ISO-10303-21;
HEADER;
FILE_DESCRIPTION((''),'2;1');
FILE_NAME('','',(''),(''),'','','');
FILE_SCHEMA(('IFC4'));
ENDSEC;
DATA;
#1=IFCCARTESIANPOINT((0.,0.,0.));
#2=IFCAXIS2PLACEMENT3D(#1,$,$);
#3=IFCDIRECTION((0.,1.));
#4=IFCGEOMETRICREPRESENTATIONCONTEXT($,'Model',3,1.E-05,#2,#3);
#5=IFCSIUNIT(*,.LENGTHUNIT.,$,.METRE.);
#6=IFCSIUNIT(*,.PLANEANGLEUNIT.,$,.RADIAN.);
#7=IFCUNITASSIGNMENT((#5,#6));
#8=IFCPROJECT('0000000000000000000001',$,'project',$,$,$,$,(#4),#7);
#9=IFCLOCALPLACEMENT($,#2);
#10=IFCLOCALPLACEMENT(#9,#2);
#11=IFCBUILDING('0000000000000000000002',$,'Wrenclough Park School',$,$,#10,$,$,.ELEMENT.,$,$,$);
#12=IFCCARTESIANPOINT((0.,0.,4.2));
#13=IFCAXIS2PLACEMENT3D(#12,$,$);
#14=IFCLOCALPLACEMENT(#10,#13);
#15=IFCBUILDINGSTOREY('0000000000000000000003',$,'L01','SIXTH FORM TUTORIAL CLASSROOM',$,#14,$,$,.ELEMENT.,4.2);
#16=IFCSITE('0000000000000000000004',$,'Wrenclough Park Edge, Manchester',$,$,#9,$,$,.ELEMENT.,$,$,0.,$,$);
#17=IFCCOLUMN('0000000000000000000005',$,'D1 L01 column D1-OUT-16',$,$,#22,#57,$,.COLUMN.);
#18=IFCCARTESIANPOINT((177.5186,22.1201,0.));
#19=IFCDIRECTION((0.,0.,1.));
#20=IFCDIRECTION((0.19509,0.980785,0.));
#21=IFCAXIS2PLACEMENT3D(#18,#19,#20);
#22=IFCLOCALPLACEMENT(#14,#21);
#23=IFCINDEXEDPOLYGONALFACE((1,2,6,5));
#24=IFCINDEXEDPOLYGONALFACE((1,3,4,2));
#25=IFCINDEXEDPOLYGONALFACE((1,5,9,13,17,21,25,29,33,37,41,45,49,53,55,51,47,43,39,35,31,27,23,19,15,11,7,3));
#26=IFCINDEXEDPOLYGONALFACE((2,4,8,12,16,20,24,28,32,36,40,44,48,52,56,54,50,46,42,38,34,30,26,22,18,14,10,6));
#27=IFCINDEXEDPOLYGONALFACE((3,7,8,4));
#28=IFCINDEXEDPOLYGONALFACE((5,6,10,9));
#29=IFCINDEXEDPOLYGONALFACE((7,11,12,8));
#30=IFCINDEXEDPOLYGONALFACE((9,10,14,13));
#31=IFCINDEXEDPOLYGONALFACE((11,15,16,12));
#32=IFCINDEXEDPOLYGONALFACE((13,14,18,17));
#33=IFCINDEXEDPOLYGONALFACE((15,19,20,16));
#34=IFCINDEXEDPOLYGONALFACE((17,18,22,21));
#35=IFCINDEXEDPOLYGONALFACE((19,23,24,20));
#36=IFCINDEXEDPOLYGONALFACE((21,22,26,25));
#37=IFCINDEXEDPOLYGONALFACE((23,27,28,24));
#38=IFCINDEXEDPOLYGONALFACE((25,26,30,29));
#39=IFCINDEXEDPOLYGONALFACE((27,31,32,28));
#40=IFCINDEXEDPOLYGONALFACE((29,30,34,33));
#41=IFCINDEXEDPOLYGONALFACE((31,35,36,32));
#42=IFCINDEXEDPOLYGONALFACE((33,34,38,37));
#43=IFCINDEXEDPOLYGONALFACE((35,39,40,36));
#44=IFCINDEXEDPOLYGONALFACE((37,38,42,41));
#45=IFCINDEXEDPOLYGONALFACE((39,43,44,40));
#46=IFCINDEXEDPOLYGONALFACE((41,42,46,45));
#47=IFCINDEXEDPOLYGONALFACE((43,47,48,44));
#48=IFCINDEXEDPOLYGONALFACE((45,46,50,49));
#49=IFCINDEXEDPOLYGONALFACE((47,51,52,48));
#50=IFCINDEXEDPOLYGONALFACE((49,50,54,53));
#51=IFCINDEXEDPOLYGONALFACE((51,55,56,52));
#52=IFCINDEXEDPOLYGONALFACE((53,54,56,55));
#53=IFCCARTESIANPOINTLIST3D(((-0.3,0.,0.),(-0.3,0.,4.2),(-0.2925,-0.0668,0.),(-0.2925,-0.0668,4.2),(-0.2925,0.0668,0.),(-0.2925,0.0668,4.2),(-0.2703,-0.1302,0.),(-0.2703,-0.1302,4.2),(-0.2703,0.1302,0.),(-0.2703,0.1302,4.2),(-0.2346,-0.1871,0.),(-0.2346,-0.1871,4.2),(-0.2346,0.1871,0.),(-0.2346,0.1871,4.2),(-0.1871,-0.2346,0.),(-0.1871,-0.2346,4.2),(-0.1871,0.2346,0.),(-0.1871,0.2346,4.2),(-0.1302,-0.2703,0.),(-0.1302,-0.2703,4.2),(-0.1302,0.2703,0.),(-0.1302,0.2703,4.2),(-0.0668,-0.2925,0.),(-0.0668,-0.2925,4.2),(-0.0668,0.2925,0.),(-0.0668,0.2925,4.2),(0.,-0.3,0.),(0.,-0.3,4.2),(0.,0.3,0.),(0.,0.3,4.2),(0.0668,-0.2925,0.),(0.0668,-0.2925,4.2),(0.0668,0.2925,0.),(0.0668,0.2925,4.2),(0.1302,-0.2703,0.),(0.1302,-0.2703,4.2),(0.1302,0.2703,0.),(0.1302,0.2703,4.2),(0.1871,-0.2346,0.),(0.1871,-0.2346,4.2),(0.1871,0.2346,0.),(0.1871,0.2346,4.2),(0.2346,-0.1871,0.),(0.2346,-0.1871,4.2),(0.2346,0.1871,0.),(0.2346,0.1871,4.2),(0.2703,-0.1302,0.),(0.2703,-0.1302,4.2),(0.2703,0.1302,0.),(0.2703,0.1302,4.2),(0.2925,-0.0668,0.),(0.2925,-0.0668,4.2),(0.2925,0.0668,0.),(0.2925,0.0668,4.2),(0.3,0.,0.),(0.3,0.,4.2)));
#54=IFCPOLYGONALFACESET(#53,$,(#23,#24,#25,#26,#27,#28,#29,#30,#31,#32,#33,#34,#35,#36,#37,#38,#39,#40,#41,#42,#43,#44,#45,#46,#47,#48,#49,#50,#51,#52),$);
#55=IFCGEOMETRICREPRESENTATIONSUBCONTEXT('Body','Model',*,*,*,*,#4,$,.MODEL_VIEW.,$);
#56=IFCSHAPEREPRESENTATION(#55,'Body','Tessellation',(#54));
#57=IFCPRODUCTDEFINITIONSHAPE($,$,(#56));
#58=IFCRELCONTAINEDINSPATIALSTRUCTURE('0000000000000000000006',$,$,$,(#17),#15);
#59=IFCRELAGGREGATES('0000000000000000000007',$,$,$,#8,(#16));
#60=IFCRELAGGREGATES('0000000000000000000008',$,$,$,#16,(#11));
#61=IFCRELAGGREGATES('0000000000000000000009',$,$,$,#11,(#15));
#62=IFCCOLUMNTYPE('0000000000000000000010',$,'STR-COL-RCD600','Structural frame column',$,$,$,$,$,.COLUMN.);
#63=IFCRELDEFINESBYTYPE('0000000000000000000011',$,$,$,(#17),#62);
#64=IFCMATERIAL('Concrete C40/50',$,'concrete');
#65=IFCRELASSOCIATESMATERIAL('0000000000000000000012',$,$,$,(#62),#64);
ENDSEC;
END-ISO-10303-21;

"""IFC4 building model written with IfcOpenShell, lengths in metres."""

from ifc_helpers import new_model, si_unit, direction, frame, origin, origin_2d, place, context, subcontext, project, spatial, circle, extrude, material, material_profile, profile_set, type_object, element, save


model = new_model("IFC4")

# Units and contexts
model_context = context("Model", 3, precision=1e-05, world=origin(), true_north=direction((0.0, 1.0)))
body_context = subcontext(model_context, "Body", "Model", "MODEL_VIEW")
ifc_project = project(units=[si_unit("LENGTHUNIT", "METRE"), si_unit("PLANEANGLEUNIT", "RADIAN")], contexts=[model_context])

# Site, building, storey
site_placement = place(None, origin())
site = spatial("IfcSite", under=ifc_project, at=site_placement, Name="Wrenclough Park Edge, Manchester", CompositionType="ELEMENT", RefElevation=0.0)
building_placement = place(site_placement, origin())
building = spatial("IfcBuilding", under=site, at=building_placement, Name="Wrenclough Park School", CompositionType="ELEMENT")
storey_placement = place(building_placement, frame((0.0, 0.0, 4.2)))
storey = spatial("IfcBuildingStorey", under=building, at=storey_placement, Name="L01", Description="SIXTH FORM TUTORIAL CLASSROOM", CompositionType="ELEMENT", Elevation=4.2)

# Column
ifc_material_1 = material(Name="Concrete C40/50", Category="concrete")
ifc_material_profile_1 = material_profile(ifc_material_1, circle(Radius=0.3, at=origin_2d()), Name="RC COL D600")
ifc_profile_set_1 = profile_set([ifc_material_profile_1], Name="Concrete C40/50")
column_type_1 = type_object("IfcColumnType", Name="STR-COL-RCD600", Description="Structural frame column", PredefinedType="COLUMN", material=ifc_profile_set_1)
column_1_placement = place(storey_placement, frame((177.5186, 22.1201, 0.0), z_axis=(0.0, 0.0, 1.0), x_axis=(0.19509, 0.980785, 0.0)))
element("IfcColumn", 1, at=column_1_placement, inside=storey, type_object=column_type_1, Name="D1 L01 column D1-OUT-16", PredefinedType="COLUMN", context=body_context, shape_type="SweptSolid", body=[
    extrude(circle(Radius=0.3, at=origin_2d()), origin(), (0.0, 0.0, 1.0), 4.2),
])

save(model, "model.ifc")
